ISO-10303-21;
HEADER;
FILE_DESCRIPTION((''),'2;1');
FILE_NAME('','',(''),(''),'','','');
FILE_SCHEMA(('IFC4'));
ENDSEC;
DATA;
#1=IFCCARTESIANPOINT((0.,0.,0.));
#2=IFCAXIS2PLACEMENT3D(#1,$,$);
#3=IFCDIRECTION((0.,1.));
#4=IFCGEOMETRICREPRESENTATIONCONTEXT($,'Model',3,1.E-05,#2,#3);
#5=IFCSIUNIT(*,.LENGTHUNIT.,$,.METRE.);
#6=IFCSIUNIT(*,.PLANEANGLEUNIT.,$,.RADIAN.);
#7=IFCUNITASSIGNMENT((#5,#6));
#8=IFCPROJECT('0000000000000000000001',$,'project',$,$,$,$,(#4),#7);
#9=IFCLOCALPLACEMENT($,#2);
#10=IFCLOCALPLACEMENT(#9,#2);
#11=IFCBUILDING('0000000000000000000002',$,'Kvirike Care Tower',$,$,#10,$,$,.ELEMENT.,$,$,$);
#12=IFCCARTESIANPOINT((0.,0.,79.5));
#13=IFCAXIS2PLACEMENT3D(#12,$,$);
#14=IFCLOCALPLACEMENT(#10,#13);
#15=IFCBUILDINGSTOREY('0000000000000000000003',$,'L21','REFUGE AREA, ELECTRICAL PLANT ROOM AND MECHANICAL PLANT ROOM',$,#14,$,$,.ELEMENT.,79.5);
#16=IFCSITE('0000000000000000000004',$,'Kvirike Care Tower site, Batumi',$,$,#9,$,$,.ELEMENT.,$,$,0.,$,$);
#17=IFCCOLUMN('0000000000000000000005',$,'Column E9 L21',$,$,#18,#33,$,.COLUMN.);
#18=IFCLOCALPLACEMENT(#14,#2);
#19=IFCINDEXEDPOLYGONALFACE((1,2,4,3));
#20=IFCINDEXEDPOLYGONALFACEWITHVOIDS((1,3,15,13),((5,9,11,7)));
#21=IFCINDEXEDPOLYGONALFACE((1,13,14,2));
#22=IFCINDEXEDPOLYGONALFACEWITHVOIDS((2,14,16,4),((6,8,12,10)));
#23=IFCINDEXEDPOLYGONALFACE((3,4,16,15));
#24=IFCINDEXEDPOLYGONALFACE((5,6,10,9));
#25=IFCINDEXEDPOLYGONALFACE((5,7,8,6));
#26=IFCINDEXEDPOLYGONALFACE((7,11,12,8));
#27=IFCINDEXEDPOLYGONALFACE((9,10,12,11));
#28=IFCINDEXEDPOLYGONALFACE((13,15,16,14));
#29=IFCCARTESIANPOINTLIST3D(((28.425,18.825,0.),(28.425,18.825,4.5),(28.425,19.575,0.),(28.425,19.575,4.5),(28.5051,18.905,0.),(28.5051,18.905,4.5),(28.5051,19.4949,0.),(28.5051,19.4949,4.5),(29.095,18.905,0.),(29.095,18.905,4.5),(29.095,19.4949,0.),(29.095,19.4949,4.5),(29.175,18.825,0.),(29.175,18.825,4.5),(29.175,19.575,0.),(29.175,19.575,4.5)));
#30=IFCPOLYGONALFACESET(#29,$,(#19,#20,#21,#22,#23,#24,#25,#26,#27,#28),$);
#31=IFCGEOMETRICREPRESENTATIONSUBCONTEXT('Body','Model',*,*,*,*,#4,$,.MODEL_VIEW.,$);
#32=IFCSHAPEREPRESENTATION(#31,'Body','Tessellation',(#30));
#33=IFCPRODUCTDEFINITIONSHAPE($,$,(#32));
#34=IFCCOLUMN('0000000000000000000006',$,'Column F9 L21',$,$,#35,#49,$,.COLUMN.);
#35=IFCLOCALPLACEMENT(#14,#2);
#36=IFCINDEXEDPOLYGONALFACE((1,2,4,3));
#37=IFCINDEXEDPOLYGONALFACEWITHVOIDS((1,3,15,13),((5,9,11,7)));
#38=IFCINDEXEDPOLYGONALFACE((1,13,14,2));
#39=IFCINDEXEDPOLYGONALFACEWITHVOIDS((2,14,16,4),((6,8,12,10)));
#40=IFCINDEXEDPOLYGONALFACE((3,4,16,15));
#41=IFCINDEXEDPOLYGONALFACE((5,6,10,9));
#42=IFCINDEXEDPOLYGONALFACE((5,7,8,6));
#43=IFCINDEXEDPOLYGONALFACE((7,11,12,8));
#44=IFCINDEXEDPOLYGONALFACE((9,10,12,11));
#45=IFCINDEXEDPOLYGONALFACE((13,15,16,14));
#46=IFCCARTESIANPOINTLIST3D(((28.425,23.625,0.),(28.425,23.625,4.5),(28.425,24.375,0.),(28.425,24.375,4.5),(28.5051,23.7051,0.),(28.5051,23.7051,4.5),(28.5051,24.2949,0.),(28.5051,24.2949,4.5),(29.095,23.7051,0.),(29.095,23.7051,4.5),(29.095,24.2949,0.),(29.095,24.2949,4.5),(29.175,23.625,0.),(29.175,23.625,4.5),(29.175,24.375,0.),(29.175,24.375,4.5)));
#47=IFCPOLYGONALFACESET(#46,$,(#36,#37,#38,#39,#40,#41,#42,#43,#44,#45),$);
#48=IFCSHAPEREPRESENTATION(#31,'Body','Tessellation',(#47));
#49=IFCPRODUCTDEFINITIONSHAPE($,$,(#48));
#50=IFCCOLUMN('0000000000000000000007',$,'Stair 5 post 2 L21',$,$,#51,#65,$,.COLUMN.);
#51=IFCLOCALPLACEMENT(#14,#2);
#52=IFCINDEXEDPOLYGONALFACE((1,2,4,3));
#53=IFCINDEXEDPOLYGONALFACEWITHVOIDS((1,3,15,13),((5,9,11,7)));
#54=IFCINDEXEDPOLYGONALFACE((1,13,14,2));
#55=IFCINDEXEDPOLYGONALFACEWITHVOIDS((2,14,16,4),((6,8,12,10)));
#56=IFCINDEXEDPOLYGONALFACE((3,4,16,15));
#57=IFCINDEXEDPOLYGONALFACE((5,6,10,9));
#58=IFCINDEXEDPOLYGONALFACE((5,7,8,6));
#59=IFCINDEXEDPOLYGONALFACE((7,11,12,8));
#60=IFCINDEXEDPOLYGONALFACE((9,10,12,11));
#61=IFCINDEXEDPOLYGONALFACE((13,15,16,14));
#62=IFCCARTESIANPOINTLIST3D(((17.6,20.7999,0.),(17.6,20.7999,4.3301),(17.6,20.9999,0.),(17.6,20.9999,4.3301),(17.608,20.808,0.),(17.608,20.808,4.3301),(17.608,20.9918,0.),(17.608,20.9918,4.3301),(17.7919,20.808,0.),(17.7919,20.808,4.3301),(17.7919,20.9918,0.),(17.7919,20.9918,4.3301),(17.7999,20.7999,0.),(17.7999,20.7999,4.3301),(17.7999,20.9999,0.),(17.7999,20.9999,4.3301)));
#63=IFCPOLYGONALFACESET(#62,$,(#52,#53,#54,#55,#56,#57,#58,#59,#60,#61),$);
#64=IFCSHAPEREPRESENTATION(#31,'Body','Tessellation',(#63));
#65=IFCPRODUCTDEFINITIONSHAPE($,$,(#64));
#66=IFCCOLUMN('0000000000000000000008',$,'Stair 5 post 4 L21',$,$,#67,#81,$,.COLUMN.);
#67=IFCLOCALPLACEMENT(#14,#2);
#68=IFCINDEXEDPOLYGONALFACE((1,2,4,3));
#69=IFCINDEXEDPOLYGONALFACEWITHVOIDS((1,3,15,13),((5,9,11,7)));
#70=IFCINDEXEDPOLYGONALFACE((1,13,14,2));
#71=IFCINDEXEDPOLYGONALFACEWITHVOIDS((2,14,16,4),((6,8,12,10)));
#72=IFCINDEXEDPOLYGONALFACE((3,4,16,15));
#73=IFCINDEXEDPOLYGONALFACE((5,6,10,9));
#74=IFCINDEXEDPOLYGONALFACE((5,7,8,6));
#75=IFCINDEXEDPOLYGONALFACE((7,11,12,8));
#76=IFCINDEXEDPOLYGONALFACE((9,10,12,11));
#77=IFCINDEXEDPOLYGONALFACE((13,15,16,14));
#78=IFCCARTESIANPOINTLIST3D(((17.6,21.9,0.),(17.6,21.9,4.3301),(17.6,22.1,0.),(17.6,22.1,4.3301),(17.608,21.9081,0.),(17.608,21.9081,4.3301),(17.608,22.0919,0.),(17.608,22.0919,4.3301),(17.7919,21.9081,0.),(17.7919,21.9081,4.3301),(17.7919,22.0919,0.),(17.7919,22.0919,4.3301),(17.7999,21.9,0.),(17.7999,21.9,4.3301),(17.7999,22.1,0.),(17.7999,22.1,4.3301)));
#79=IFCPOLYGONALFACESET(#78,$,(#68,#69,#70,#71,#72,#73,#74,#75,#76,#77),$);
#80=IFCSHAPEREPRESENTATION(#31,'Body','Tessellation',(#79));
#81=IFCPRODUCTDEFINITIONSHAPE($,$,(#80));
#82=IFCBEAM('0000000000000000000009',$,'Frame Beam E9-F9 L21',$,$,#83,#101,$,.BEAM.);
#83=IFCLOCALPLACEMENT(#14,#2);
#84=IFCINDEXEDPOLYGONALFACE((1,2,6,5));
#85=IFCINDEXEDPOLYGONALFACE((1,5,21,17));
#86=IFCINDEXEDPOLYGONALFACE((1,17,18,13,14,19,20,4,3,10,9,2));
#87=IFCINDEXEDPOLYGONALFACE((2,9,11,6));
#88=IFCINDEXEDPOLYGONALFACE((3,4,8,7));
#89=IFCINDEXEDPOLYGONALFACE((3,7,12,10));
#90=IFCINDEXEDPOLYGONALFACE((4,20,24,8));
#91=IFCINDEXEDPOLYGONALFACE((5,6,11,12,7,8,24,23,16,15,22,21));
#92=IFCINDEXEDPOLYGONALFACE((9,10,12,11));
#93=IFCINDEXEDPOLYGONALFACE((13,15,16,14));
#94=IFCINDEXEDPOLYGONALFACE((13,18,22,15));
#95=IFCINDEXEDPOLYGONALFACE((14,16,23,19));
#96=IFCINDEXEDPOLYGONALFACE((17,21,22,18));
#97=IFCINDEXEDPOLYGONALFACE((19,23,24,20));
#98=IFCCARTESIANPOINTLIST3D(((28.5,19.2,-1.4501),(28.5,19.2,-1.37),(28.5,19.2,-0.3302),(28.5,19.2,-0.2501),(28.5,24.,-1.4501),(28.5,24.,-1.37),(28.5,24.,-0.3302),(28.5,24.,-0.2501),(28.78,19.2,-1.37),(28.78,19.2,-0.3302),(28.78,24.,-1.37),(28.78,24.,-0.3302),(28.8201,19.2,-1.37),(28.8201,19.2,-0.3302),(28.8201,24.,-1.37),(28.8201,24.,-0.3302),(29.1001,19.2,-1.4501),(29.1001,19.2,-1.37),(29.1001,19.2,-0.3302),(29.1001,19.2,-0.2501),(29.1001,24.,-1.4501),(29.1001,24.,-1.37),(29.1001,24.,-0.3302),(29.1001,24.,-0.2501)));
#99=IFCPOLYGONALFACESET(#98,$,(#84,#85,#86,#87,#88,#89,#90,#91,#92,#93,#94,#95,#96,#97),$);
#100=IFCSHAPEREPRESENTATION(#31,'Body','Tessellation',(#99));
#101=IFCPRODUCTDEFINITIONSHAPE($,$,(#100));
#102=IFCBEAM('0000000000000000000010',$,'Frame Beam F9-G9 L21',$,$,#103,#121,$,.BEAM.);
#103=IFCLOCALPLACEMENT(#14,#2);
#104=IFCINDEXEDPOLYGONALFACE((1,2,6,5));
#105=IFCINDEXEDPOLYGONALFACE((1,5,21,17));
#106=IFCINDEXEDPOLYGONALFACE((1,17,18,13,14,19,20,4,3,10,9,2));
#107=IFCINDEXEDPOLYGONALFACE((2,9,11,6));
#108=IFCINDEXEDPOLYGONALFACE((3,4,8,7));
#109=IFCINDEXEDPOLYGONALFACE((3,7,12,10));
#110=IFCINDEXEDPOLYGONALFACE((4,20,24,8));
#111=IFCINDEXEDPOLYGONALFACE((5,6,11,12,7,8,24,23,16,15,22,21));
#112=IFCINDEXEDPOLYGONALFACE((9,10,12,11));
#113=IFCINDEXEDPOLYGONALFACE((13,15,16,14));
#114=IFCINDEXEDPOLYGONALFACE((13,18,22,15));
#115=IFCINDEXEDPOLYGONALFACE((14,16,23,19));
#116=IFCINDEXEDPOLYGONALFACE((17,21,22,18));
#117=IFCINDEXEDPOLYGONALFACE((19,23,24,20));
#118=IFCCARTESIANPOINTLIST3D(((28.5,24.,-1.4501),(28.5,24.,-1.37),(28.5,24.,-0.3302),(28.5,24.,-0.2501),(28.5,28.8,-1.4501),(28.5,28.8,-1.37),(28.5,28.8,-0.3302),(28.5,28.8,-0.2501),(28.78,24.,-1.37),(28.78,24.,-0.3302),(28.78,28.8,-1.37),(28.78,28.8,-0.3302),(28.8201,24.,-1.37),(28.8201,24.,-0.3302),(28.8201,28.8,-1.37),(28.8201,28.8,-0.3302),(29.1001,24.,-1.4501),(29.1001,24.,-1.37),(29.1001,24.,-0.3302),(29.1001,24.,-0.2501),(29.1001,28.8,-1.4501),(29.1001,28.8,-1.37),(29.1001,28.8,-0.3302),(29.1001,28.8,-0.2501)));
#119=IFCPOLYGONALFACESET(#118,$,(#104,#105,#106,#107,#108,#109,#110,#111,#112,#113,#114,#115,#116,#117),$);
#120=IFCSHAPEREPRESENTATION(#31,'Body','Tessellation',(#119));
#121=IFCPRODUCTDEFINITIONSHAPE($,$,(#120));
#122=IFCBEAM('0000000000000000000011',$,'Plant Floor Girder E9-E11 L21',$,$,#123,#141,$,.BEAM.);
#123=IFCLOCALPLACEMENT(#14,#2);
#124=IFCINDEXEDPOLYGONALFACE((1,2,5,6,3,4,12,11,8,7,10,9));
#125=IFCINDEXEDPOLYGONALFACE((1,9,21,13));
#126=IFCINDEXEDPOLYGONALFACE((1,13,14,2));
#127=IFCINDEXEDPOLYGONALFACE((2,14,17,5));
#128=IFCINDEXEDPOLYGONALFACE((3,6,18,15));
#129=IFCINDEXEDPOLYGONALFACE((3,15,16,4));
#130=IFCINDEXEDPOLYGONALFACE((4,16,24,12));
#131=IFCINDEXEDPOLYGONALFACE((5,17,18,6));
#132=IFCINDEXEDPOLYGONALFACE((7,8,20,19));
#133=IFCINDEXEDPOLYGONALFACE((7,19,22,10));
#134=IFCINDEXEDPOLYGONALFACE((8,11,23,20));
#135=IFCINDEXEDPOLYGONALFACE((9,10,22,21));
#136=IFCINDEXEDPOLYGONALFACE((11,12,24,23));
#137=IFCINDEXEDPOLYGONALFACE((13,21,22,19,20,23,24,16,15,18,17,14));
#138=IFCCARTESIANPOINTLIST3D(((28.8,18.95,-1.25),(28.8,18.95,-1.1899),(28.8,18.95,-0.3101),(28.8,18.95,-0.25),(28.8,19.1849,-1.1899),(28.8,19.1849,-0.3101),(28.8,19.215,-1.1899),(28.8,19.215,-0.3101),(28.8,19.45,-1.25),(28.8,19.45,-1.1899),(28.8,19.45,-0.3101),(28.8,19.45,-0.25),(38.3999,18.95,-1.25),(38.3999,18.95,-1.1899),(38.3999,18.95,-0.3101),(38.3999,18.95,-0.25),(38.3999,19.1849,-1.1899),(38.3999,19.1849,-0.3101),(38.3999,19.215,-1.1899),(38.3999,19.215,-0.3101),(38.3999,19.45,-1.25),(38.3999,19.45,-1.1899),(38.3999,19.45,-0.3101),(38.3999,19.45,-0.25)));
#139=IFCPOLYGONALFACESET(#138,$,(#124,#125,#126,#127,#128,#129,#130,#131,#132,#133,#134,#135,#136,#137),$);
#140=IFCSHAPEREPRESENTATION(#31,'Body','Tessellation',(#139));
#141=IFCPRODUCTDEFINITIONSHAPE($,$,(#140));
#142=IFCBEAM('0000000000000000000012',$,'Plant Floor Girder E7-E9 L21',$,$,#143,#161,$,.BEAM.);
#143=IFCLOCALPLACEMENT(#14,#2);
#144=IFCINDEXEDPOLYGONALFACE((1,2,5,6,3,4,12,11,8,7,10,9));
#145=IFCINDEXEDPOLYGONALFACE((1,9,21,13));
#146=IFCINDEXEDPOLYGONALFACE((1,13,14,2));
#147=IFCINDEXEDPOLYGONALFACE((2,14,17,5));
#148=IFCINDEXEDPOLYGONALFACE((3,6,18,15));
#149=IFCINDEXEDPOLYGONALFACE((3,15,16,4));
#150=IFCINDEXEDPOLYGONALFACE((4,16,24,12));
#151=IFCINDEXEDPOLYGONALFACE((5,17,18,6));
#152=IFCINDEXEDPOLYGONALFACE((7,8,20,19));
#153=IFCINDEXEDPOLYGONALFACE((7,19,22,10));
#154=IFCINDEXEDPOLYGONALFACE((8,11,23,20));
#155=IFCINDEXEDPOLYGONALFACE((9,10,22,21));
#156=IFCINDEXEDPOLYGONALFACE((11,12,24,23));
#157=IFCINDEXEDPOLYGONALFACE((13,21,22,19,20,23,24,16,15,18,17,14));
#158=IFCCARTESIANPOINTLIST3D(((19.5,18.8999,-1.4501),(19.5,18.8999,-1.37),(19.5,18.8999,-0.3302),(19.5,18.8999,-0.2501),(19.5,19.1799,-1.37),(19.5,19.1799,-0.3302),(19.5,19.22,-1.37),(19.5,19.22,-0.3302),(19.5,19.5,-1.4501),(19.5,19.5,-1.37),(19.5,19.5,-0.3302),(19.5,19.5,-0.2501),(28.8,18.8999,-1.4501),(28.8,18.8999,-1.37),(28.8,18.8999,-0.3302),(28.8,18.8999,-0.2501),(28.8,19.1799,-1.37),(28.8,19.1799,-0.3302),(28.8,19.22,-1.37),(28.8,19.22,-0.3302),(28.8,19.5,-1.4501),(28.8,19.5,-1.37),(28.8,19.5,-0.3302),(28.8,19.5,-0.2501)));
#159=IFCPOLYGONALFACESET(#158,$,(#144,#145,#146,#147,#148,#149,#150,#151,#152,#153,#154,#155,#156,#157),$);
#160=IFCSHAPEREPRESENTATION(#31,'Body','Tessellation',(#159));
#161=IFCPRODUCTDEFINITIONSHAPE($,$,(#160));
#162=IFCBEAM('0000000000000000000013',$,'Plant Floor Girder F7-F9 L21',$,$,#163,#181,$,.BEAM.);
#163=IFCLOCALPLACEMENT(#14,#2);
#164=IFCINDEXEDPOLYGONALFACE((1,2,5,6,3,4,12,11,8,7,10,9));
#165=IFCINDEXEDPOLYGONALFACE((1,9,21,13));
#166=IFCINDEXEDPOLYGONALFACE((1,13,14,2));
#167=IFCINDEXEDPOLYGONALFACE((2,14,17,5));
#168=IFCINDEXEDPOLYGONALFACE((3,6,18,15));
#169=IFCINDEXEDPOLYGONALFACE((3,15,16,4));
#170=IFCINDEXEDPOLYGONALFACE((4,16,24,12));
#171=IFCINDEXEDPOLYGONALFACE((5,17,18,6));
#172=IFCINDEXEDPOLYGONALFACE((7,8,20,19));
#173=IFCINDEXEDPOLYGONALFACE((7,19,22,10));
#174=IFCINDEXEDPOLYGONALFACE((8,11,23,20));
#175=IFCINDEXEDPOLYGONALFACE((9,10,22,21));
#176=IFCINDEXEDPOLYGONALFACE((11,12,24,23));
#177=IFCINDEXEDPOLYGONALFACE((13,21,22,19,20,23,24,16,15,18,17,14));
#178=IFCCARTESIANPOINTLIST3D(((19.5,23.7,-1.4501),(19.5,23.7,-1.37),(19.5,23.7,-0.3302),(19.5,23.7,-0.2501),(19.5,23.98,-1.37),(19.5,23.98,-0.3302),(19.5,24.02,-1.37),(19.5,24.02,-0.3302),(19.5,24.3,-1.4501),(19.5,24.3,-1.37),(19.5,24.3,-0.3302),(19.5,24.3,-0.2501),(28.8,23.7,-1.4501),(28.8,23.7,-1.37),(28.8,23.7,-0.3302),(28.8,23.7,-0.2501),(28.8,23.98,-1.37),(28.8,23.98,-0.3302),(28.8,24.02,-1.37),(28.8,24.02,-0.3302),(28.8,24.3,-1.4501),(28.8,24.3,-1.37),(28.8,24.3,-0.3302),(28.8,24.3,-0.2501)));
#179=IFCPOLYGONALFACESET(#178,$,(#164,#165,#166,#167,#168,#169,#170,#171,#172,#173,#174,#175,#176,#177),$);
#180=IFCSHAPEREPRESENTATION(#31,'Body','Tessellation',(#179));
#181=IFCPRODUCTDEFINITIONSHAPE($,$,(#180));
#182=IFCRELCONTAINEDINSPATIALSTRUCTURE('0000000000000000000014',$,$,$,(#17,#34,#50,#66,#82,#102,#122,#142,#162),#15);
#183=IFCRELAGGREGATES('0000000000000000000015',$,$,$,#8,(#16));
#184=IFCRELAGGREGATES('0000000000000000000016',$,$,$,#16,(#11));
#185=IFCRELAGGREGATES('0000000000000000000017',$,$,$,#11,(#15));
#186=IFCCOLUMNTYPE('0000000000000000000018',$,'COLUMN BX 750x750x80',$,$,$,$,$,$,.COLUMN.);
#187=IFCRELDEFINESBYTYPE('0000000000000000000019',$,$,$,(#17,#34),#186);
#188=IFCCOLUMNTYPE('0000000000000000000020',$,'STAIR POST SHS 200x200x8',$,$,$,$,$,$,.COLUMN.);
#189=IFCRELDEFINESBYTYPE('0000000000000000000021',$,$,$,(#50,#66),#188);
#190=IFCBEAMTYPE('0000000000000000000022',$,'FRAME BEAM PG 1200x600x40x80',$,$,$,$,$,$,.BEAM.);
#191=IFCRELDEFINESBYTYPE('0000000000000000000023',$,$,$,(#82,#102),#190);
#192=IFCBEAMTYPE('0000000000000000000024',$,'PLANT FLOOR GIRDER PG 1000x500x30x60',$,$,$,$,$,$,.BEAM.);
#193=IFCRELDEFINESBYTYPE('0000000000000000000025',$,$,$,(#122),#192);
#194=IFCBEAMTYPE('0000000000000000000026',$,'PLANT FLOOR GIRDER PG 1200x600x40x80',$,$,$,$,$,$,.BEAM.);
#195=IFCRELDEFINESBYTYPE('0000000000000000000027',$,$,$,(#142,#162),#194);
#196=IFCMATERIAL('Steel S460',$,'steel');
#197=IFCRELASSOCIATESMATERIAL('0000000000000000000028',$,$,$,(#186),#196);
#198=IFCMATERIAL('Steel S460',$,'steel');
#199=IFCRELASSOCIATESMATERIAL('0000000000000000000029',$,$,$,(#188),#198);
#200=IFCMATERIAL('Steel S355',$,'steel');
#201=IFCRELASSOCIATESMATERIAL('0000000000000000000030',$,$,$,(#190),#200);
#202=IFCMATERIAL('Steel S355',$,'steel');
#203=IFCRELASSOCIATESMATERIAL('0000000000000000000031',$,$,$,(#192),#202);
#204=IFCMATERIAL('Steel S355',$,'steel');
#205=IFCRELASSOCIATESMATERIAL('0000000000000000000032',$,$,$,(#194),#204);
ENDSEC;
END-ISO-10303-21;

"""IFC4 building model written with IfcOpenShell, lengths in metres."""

from ifc_helpers import new_model, si_unit, direction, frame, origin, origin_2d, place, context, subcontext, project, spatial, hollow_rectangle, i_section, extrude, material, material_profile, profile_set, type_object, element, save


model = new_model("IFC4")

# Units and contexts
model_context = context("Model", 3, precision=1e-05, world=origin(), true_north=direction((0.0, 1.0)))
body_context = subcontext(model_context, "Body", "Model", "MODEL_VIEW")
ifc_project = project(units=[si_unit("LENGTHUNIT", "METRE"), si_unit("PLANEANGLEUNIT", "RADIAN")], contexts=[model_context])

# Site, building, storey
site_placement = place(None, origin())
site = spatial("IfcSite", under=ifc_project, at=site_placement, Name="Kvirike Care Tower site, Batumi", CompositionType="ELEMENT", RefElevation=0.0)
building_placement = place(site_placement, origin())
building = spatial("IfcBuilding", under=site, at=building_placement, Name="Kvirike Care Tower", CompositionType="ELEMENT")
storey_placement = place(building_placement, frame((0.0, 0.0, 79.5)))
storey = spatial("IfcBuildingStorey", under=building, at=storey_placement, Name="L21", Description="REFUGE AREA, ELECTRICAL PLANT ROOM AND MECHANICAL PLANT ROOM", CompositionType="ELEMENT", Elevation=79.5)

# Columns
ifc_material_1 = material(Name="Steel S460", Category="steel")
ifc_material_profile_1 = material_profile(ifc_material_1, hollow_rectangle(XDim=0.75, YDim=0.75, WallThickness=0.0801, at=origin_2d()), Name="BX 750x750x80")
ifc_profile_set_1 = profile_set([ifc_material_profile_1], Name="Steel S460")
column_type_1 = type_object("IfcColumnType", Name="COLUMN BX 750x750x80", PredefinedType="COLUMN", material=ifc_profile_set_1)
for number, where, z_axis, x_axis, name in (
    (1, (28.8, 19.2, 0.0), (0.0, 0.0, 1.0), (1.0, 0.0, 0.0), "Column E9 L21"),
    (2, (28.8, 24.0, 0.0), (0.0, 0.0, 1.0), (1.0, 0.0, 0.0), "Column F9 L21"),
):
    element("IfcColumn", number, at=place(storey_placement, frame(where, z_axis=z_axis, x_axis=x_axis)), inside=storey, type_object=column_type_1, Name=name, PredefinedType="COLUMN", context=body_context, shape_type="SweptSolid", body=[
        extrude(hollow_rectangle(XDim=0.75, YDim=0.75, WallThickness=0.0801, at=origin_2d()), origin(), (0.0, 0.0, 1.0), 4.5),
    ])
ifc_material_2 = material(Name="Steel S460", Category="steel")
ifc_material_profile_2 = material_profile(ifc_material_2, hollow_rectangle(XDim=0.2, YDim=0.2, WallThickness=0.0081, at=origin_2d()), Name="SHS 200x200x8")
ifc_profile_set_2 = profile_set([ifc_material_profile_2], Name="Steel S460")
column_type_2 = type_object("IfcColumnType", Name="STAIR POST SHS 200x200x8", PredefinedType="COLUMN", material=ifc_profile_set_2)
for number, where, z_axis, x_axis, name in (
    (3, (17.7, 20.8999, 0.0), (0.0, 0.0, 1.0), (1.0, 0.0, 0.0), "Stair 5 post 2 L21"),
    (4, (17.7, 22.0, 0.0), (0.0, 0.0, 1.0), (1.0, 0.0, 0.0), "Stair 5 post 4 L21"),
):
    element("IfcColumn", number, at=place(storey_placement, frame(where, z_axis=z_axis, x_axis=x_axis)), inside=storey, type_object=column_type_2, Name=name, PredefinedType="COLUMN", context=body_context, shape_type="SweptSolid", body=[
        extrude(hollow_rectangle(XDim=0.2, YDim=0.2, WallThickness=0.0081, at=origin_2d()), origin(), (0.0, 0.0, 1.0), 4.3301),
    ])

# Beams
ifc_material_3 = material(Name="Steel S355", Category="steel")
ifc_material_profile_3 = material_profile(ifc_material_3, i_section(OverallWidth=0.6001, OverallDepth=1.2, WebThickness=0.04, FlangeThickness=0.0801, at=origin_2d()), Name="PG 1200x600x40x80")
ifc_profile_set_3 = profile_set([ifc_material_profile_3], Name="Steel S355")
beam_type_1 = type_object("IfcBeamType", Name="FRAME BEAM PG 1200x600x40x80", PredefinedType="BEAM", material=ifc_profile_set_3)
for number, where, z_axis, x_axis, name in (
    (5, (28.8, 19.2, -0.8501), (0.0, 1.0, 0.0), (-1.0, 0.0, 0.0), "Frame Beam E9-F9 L21"),
    (6, (28.8, 24.0, -0.8501), (0.0, 1.0, 0.0), (-1.0, 0.0, 0.0), "Frame Beam F9-G9 L21"),
):
    element("IfcBeam", number, at=place(storey_placement, frame(where, z_axis=z_axis, x_axis=x_axis)), inside=storey, type_object=beam_type_1, Name=name, PredefinedType="BEAM", context=body_context, shape_type="SweptSolid", body=[
        extrude(i_section(OverallWidth=0.6001, OverallDepth=1.2, WebThickness=0.04, FlangeThickness=0.0801, at=origin_2d()), origin(), (0.0, 0.0, 1.0), 4.8),
    ])
ifc_material_4 = material(Name="Steel S355", Category="steel")
ifc_material_profile_4 = material_profile(ifc_material_4, i_section(OverallWidth=0.5, OverallDepth=1.0, WebThickness=0.03, FlangeThickness=0.0601, at=origin_2d()), Name="PG 1000x500x30x60")
ifc_profile_set_4 = profile_set([ifc_material_profile_4], Name="Steel S355")
beam_type_2 = type_object("IfcBeamType", Name="PLANT FLOOR GIRDER PG 1000x500x30x60", PredefinedType="BEAM", material=ifc_profile_set_4)
beam_1_placement = place(storey_placement, frame((28.8, 19.2, -0.75), z_axis=(1.0, 0.0, 0.0), x_axis=(0.0, 1.0, 0.0)))
element("IfcBeam", 7, at=beam_1_placement, inside=storey, type_object=beam_type_2, Name="Plant Floor Girder E9-E11 L21", PredefinedType="BEAM", context=body_context, shape_type="SweptSolid", body=[
    extrude(i_section(OverallWidth=0.5, OverallDepth=1.0, WebThickness=0.03, FlangeThickness=0.0601, at=origin_2d()), origin(), (0.0, 0.0, 1.0), 9.5999),
])
ifc_material_5 = material(Name="Steel S355", Category="steel")
ifc_material_profile_5 = material_profile(ifc_material_5, i_section(OverallWidth=0.6001, OverallDepth=1.2, WebThickness=0.04, FlangeThickness=0.0801, at=origin_2d()), Name="PG 1200x600x40x80")
ifc_profile_set_5 = profile_set([ifc_material_profile_5], Name="Steel S355")
beam_type_3 = type_object("IfcBeamType", Name="PLANT FLOOR GIRDER PG 1200x600x40x80", PredefinedType="BEAM", material=ifc_profile_set_5)
for number, where, z_axis, x_axis, name in (
    (8, (19.5, 19.2, -0.8501), (1.0, 0.0, 0.0), (0.0, 1.0, 0.0), "Plant Floor Girder E7-E9 L21"),
    (9, (19.5, 24.0, -0.8501), (1.0, 0.0, 0.0), (0.0, 1.0, 0.0), "Plant Floor Girder F7-F9 L21"),
):
    element("IfcBeam", number, at=place(storey_placement, frame(where, z_axis=z_axis, x_axis=x_axis)), inside=storey, type_object=beam_type_3, Name=name, PredefinedType="BEAM", context=body_context, shape_type="SweptSolid", body=[
        extrude(i_section(OverallWidth=0.6001, OverallDepth=1.2, WebThickness=0.04, FlangeThickness=0.0801, at=origin_2d()), origin(), (0.0, 0.0, 1.0), 9.3),
    ])

save(model, "model.ifc")
